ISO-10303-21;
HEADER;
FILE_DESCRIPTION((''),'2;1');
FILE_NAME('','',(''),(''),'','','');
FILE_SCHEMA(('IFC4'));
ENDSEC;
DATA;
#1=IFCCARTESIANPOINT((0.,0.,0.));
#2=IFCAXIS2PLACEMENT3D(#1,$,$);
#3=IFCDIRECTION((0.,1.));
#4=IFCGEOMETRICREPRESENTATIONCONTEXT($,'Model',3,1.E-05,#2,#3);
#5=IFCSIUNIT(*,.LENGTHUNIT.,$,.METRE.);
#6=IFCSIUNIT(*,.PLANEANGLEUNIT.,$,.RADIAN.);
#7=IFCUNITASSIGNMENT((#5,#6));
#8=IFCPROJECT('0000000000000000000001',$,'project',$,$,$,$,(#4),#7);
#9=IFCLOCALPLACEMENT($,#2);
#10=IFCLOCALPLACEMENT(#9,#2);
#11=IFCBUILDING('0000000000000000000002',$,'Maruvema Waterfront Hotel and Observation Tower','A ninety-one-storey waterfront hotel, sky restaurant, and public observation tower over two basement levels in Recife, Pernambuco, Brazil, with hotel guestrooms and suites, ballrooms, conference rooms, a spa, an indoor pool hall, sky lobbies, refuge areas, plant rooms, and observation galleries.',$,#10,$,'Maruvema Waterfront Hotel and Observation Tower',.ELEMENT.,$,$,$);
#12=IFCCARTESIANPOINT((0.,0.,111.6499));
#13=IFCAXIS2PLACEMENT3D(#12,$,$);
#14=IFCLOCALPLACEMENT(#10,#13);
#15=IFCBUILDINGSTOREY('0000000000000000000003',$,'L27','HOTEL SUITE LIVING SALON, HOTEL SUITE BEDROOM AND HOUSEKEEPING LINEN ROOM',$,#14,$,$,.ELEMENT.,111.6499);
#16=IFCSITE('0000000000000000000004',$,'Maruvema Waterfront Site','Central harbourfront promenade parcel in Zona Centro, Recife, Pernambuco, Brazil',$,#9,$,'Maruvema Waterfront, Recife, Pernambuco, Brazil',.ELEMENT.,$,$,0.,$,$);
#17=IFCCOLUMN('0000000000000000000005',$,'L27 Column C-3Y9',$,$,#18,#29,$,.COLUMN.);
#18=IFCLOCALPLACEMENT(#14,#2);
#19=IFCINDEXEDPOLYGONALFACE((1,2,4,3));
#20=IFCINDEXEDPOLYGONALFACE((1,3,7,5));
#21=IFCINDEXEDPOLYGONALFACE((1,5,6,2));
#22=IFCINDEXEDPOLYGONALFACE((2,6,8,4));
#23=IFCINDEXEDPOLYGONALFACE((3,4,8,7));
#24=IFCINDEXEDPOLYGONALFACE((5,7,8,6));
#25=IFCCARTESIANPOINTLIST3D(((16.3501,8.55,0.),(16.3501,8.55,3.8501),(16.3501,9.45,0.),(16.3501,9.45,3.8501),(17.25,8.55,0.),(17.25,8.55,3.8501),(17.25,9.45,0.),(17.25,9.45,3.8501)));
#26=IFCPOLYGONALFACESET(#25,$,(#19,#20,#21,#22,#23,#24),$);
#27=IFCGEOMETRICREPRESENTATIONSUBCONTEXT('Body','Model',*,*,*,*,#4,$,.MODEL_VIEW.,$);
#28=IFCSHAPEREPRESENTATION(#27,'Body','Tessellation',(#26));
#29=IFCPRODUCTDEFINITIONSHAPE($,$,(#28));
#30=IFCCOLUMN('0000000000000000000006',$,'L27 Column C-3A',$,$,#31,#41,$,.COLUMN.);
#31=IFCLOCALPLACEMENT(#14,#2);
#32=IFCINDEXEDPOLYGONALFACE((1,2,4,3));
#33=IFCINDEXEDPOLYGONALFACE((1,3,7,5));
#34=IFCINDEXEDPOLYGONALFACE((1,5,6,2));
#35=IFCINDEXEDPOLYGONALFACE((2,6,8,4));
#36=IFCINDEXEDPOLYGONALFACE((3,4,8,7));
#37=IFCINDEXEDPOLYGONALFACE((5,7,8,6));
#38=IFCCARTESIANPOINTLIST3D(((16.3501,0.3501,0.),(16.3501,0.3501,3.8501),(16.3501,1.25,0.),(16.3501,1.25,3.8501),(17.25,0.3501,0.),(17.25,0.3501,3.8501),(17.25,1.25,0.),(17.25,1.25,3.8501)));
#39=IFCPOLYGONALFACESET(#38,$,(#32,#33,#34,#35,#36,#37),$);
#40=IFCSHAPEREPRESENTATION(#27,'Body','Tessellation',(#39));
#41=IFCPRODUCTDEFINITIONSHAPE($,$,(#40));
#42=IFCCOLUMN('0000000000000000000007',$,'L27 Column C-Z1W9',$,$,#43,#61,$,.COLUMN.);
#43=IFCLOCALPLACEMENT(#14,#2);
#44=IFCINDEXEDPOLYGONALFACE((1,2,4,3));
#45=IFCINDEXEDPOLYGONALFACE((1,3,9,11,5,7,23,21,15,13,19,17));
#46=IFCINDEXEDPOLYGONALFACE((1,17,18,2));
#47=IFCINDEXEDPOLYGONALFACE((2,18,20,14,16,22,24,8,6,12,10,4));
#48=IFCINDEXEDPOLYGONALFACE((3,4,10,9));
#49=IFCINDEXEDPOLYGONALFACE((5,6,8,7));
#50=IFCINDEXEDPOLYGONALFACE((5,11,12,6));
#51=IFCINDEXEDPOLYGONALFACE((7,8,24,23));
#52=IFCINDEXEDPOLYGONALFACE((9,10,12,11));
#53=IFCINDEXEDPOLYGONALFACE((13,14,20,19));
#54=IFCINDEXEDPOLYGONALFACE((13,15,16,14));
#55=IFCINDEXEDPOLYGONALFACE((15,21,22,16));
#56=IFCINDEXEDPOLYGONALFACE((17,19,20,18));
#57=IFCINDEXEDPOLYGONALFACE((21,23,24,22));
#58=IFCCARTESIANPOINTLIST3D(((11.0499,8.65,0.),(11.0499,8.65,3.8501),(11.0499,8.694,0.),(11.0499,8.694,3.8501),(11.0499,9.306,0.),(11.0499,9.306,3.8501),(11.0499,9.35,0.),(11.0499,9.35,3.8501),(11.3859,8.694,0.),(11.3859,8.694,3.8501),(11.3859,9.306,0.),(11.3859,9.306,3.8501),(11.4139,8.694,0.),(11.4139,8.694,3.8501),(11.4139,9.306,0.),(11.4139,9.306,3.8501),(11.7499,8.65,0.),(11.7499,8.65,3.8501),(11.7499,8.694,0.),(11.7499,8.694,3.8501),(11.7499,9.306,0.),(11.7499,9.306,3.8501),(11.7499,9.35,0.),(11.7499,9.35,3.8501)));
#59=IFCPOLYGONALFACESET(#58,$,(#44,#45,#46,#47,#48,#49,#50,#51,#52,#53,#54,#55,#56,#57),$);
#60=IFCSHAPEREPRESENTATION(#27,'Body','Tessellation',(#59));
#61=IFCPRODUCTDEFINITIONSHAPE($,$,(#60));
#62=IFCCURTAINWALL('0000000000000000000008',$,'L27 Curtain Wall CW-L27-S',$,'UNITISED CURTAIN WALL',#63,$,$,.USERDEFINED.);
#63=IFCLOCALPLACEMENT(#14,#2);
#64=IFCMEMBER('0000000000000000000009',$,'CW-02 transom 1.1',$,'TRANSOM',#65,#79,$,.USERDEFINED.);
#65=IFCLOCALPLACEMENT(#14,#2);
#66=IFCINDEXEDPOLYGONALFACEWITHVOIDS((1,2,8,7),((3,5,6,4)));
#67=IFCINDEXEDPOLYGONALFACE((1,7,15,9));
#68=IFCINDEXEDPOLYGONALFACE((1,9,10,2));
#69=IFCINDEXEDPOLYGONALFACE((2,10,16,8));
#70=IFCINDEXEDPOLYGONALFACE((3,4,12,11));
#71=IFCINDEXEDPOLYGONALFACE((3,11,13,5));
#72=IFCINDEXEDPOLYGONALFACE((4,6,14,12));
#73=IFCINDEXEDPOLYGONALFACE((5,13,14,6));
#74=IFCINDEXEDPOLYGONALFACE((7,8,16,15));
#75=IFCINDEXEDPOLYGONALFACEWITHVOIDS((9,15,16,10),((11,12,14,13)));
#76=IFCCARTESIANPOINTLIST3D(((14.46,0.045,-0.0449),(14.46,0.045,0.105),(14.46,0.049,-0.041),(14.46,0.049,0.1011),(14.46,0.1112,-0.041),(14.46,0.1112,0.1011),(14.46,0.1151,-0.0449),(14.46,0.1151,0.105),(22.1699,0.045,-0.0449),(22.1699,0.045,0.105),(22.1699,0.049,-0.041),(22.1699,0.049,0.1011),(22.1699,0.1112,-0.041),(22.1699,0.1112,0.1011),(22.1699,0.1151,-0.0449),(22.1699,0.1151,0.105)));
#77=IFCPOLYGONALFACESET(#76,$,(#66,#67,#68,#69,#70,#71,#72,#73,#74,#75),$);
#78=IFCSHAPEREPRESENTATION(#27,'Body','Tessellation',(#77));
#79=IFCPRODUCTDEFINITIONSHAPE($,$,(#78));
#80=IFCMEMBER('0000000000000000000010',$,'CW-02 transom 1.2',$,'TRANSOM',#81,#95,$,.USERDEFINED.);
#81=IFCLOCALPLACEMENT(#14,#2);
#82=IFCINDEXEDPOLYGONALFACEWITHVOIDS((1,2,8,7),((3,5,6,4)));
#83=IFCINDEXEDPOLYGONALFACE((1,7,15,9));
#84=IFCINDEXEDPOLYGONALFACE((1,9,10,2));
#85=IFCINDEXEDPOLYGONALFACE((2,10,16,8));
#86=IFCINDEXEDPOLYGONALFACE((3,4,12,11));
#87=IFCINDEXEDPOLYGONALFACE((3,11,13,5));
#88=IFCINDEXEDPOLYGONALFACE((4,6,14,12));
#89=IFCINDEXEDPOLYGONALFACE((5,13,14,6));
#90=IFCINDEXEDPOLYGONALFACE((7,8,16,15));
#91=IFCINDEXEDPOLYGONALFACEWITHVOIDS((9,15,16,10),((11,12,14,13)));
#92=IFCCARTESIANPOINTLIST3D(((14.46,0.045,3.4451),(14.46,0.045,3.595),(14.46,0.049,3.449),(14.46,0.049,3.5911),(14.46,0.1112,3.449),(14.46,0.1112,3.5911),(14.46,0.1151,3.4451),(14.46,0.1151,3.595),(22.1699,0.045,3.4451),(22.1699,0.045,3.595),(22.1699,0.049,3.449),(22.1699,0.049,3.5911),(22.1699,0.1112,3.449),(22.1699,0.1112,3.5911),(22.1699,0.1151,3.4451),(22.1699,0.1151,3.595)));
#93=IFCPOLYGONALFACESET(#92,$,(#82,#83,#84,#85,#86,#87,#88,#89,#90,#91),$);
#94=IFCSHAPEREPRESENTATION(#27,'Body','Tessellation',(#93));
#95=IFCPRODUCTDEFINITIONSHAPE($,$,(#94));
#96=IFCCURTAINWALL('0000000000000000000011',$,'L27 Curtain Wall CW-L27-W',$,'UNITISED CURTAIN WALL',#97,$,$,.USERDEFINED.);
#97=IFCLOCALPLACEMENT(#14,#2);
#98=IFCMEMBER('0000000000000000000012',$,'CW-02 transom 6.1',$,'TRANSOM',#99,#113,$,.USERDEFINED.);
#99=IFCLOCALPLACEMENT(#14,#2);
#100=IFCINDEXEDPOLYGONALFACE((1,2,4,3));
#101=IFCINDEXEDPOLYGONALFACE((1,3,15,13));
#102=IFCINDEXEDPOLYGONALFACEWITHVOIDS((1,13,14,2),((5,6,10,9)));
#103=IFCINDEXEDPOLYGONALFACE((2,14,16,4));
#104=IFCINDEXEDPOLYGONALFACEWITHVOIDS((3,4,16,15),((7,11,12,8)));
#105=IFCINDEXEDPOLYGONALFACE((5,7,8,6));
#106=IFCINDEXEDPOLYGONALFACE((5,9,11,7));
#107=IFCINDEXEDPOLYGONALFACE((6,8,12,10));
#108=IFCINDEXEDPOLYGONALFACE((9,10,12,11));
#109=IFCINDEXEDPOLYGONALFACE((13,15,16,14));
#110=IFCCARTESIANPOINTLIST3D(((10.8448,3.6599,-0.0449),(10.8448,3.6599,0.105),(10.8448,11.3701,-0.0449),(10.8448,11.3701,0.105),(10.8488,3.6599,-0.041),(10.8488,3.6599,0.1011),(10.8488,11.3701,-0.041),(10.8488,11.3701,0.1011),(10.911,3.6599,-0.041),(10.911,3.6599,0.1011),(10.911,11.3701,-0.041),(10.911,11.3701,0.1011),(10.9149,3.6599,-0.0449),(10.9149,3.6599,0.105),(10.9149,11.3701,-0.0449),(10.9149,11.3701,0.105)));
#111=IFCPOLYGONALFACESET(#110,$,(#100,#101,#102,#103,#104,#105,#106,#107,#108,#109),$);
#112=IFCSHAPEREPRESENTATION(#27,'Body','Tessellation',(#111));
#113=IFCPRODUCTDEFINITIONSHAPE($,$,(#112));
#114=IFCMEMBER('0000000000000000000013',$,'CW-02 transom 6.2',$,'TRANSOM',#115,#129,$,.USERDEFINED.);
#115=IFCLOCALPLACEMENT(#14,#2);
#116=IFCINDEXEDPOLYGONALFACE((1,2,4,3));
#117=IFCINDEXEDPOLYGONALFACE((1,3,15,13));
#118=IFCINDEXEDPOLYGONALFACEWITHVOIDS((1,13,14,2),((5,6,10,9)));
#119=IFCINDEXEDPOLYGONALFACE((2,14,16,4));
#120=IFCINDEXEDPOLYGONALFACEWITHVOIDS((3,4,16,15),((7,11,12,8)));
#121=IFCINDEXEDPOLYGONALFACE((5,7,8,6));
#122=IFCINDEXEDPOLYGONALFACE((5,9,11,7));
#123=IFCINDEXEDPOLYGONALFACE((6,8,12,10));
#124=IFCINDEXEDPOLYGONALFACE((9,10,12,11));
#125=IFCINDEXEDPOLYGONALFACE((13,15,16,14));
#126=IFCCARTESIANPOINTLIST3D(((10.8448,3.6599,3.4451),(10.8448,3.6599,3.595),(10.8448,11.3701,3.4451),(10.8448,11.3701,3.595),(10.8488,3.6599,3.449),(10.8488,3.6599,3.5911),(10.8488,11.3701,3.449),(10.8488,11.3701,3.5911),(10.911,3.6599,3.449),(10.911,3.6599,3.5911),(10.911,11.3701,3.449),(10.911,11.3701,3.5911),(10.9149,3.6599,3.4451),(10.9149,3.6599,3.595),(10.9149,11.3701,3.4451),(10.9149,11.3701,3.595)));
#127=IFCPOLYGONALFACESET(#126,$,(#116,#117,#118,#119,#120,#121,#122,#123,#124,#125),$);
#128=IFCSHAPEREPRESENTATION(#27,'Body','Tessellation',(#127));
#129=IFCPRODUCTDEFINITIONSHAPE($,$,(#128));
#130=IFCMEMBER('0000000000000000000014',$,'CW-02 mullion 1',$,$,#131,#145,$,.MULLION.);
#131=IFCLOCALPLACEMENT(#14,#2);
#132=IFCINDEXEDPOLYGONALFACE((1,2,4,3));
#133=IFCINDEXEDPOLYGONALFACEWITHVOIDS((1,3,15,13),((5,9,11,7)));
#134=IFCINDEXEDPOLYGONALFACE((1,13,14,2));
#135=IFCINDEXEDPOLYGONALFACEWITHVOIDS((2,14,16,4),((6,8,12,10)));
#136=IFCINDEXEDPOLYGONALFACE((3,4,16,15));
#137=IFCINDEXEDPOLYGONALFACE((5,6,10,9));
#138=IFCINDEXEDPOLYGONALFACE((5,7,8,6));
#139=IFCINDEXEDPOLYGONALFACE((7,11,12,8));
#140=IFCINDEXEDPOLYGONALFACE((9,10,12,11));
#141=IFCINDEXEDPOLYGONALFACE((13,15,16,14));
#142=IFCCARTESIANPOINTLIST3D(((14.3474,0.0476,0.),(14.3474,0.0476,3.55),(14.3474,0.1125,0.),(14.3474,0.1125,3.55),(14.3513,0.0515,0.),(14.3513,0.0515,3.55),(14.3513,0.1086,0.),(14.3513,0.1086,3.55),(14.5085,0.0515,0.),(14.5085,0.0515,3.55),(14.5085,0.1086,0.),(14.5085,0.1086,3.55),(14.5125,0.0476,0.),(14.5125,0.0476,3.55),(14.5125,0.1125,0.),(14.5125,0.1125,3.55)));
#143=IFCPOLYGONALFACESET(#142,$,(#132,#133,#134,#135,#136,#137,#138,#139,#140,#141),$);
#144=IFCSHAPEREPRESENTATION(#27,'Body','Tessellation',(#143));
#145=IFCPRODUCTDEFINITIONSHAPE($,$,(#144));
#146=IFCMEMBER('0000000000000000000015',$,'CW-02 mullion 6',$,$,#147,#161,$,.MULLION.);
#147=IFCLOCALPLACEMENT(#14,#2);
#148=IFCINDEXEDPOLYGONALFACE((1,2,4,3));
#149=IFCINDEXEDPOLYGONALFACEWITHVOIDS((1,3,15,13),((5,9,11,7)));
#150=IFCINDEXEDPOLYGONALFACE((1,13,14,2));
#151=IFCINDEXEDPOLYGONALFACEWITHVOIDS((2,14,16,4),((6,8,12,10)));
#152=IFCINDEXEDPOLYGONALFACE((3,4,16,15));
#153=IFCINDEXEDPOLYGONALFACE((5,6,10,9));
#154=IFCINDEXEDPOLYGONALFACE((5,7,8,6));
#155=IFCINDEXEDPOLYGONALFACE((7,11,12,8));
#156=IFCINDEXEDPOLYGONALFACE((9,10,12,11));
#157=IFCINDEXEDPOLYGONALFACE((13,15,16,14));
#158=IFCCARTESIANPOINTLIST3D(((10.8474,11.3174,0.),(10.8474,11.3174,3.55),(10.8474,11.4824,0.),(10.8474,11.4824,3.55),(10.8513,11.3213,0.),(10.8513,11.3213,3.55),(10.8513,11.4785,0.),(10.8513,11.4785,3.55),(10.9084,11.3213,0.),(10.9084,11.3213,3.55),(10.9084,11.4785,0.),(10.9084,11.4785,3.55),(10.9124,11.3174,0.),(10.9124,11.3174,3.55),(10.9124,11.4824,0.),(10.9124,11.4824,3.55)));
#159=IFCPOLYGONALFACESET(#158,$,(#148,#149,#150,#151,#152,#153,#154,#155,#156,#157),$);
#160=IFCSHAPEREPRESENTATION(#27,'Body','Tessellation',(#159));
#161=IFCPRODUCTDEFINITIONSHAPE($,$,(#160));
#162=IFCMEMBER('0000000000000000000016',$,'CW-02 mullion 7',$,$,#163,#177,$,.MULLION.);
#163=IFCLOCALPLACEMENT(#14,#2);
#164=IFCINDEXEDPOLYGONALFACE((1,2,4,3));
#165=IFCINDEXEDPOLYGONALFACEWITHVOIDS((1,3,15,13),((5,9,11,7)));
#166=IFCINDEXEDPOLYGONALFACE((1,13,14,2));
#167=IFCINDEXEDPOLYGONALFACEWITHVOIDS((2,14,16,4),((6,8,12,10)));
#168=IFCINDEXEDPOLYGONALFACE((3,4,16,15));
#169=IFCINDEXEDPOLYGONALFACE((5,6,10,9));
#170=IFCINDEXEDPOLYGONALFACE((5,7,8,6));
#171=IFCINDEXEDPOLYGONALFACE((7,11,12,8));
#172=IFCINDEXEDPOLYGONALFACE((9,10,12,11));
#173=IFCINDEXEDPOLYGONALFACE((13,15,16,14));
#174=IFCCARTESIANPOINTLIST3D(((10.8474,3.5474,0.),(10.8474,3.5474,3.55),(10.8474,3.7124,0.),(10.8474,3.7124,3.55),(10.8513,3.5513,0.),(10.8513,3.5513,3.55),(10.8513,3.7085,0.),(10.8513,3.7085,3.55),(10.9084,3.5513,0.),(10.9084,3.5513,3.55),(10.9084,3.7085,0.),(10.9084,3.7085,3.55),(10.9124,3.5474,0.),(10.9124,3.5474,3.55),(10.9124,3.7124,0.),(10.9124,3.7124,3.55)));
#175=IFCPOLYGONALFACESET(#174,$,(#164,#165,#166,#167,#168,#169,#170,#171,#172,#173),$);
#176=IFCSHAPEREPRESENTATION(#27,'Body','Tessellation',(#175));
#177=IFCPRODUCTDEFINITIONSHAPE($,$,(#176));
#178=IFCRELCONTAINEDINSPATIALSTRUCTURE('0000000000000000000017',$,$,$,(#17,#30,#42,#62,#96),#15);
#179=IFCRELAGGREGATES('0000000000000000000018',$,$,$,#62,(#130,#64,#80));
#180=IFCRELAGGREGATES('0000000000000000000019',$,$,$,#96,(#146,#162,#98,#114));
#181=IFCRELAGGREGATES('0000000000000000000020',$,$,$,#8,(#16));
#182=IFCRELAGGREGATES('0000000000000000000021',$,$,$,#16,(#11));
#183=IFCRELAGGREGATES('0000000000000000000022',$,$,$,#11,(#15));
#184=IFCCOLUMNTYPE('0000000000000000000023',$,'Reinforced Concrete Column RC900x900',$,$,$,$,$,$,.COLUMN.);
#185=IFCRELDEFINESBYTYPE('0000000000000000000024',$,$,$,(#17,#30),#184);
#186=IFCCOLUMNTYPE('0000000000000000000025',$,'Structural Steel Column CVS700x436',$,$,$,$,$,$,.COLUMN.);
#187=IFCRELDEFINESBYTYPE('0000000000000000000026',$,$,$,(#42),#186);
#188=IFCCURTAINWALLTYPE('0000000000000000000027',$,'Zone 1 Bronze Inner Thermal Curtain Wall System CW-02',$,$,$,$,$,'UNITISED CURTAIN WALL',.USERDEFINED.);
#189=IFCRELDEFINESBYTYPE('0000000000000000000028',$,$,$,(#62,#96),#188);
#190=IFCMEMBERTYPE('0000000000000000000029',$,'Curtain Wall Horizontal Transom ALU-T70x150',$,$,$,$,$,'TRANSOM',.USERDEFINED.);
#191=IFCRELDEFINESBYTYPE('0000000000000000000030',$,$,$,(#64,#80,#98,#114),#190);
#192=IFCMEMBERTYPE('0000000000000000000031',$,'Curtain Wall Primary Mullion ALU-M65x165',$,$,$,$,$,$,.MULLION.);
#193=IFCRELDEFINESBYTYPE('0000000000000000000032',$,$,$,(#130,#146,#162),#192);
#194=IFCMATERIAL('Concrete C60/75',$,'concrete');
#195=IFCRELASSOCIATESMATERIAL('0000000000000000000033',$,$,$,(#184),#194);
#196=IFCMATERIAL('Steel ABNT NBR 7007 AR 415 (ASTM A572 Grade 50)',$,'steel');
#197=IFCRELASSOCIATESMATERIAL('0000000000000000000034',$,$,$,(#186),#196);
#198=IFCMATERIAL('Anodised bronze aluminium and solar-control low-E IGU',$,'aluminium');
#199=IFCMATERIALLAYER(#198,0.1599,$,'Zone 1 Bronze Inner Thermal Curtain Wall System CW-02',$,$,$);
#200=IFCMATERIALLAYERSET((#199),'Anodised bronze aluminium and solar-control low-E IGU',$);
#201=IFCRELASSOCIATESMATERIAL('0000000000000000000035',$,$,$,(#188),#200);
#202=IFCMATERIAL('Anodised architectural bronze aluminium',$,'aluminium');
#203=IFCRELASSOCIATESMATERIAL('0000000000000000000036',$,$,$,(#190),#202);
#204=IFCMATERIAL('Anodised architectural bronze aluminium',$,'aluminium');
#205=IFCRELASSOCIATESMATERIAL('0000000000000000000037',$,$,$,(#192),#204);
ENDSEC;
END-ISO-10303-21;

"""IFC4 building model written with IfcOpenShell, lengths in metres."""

from ifc_helpers import new_model, si_unit, direction, frame, origin, origin_2d, place, context, subcontext, project, spatial, rectangle, hollow_rectangle, i_section, extrude, material, layer, layer_set, material_profile, profile_set, type_object, element, aggregate, save


model = new_model("IFC4")

# Units and contexts
model_context = context("Model", 3, precision=1e-05, world=origin(), true_north=direction((0.0, 1.0)))
body_context = subcontext(model_context, "Body", "Model", "MODEL_VIEW")
ifc_project = project(units=[si_unit("LENGTHUNIT", "METRE"), si_unit("PLANEANGLEUNIT", "RADIAN")], contexts=[model_context])

# Site, building, storey
site_placement = place(None, origin())
site = spatial("IfcSite", under=ifc_project, at=site_placement, Name="Maruvema Waterfront Site", Description="Central harbourfront promenade parcel in Zona Centro, Recife, Pernambuco, Brazil", LongName="Maruvema Waterfront, Recife, Pernambuco, Brazil", CompositionType="ELEMENT", RefElevation=0.0)
building_placement = place(site_placement, origin())
building = spatial("IfcBuilding", under=site, at=building_placement, Name="Maruvema Waterfront Hotel and Observation Tower", Description="A ninety-one-storey waterfront hotel, sky restaurant, and public observation tower over two basement levels in Recife, Pernambuco, Brazil, with hotel guestrooms and suites, ballrooms, conference rooms, a spa, an indoor pool hall, sky lobbies, refuge areas, plant rooms, and observation galleries.", LongName="Maruvema Waterfront Hotel and Observation Tower", CompositionType="ELEMENT")
storey_placement = place(building_placement, frame((0.0, 0.0, 111.6499)))
storey = spatial("IfcBuildingStorey", under=building, at=storey_placement, Name="L27", Description="HOTEL SUITE LIVING SALON, HOTEL SUITE BEDROOM AND HOUSEKEEPING LINEN ROOM", CompositionType="ELEMENT", Elevation=111.6499)

# Columns
ifc_material_1 = material(Name="Concrete C60/75", Category="concrete")
ifc_material_profile_1 = material_profile(ifc_material_1, rectangle(XDim=0.8999, YDim=0.8999, at=origin_2d()), Name="RC900x900")
ifc_profile_set_1 = profile_set([ifc_material_profile_1], Name="Concrete C60/75")
column_type_1 = type_object("IfcColumnType", Name="Reinforced Concrete Column RC900x900", PredefinedType="COLUMN", material=ifc_profile_set_1)
for number, where, z_axis, x_axis, name in (
    (1, (16.8, 9.0, 0.0), (0.0, 0.0, 1.0), (1.0, 0.0, 0.0), "L27 Column C-3Y9"),
    (2, (16.8, 0.8, 0.0), (0.0, 0.0, 1.0), (1.0, 0.0, 0.0), "L27 Column C-3A"),
):
    element("IfcColumn", number, at=place(storey_placement, frame(where, z_axis=z_axis, x_axis=x_axis)), inside=storey, type_object=column_type_1, Name=name, PredefinedType="COLUMN", context=body_context, shape_type="SweptSolid", body=[
        extrude(rectangle(XDim=0.8999, YDim=0.8999, at=origin_2d()), origin(), (0.0, 0.0, 1.0), 3.8501),
    ])
ifc_material_2 = material(Name="Steel ABNT NBR 7007 AR 415 (ASTM A572 Grade 50)", Category="steel")
ifc_material_profile_2 = material_profile(ifc_material_2, i_section(OverallWidth=0.7, OverallDepth=0.7, WebThickness=0.0281, FlangeThickness=0.0439, at=origin_2d()), Name="CVS700x436")
ifc_profile_set_2 = profile_set([ifc_material_profile_2], Name="Steel ABNT NBR 7007 AR 415 (ASTM A572 Grade 50)")
column_type_2 = type_object("IfcColumnType", Name="Structural Steel Column CVS700x436", PredefinedType="COLUMN", material=ifc_profile_set_2)
column_placement = place(storey_placement, frame((11.3999, 9.0, 0.0), z_axis=(0.0, 0.0, 1.0), x_axis=(1.0, 0.0, 0.0)))
element("IfcColumn", 3, at=column_placement, inside=storey, type_object=column_type_2, Name="L27 Column C-Z1W9", PredefinedType="COLUMN", context=body_context, shape_type="SweptSolid", body=[
    extrude(i_section(OverallWidth=0.7, OverallDepth=0.7, WebThickness=0.0281, FlangeThickness=0.0439, at=origin_2d()), origin(), (0.0, 0.0, 1.0), 3.8501),
])

# Curtain walls, members
ifc_material_3 = material(Name="Anodised bronze aluminium and solar-control low-E IGU", Category="aluminium")
ifc_layer_1 = layer(ifc_material_3, 0.1599, Name="Zone 1 Bronze Inner Thermal Curtain Wall System CW-02")
ifc_layer_set_1 = layer_set([ifc_layer_1], Name="Anodised bronze aluminium and solar-control low-E IGU")
curtain_wall_type = type_object("IfcCurtainWallType", Name="Zone 1 Bronze Inner Thermal Curtain Wall System CW-02", ElementType="UNITISED CURTAIN WALL", PredefinedType="USERDEFINED", material=ifc_layer_set_1)
curtain_wall_1_placement = place(storey_placement, origin())
curtain_wall_1 = element("IfcCurtainWall", 4, at=curtain_wall_1_placement, inside=storey, type_object=curtain_wall_type, Name="L27 Curtain Wall CW-L27-S", ObjectType="UNITISED CURTAIN WALL", PredefinedType="USERDEFINED")
ifc_material_4 = material(Name="Anodised architectural bronze aluminium", Category="aluminium")
ifc_material_profile_3 = material_profile(ifc_material_4, hollow_rectangle(XDim=0.0701, YDim=0.1499, WallThickness=0.0039, at=origin_2d()), Name="ALU-T70x150")
ifc_profile_set_3 = profile_set([ifc_material_profile_3], Name="Anodised architectural bronze aluminium")
member_type_1 = type_object("IfcMemberType", Name="Curtain Wall Horizontal Transom ALU-T70x150", ElementType="TRANSOM", PredefinedType="USERDEFINED", material=ifc_profile_set_3)
member_1_placement = place(storey_placement, frame((14.46, 0.0801, 0.03), z_axis=(1.0, 0.0, 0.0), x_axis=(0.0, 1.0, 0.0)))
member_1 = element("IfcMember", 5, at=member_1_placement, type_object=member_type_1, Name="CW-02 transom 1.1", ObjectType="TRANSOM", PredefinedType="USERDEFINED", context=body_context, shape_type="SweptSolid", body=[
    extrude(hollow_rectangle(XDim=0.0701, YDim=0.1499, WallThickness=0.0039, at=origin_2d()), origin(), (0.0, 0.0, 1.0), 7.71),
])
member_2_placement = place(storey_placement, frame((14.46, 0.0801, 3.52), z_axis=(1.0, 0.0, 0.0), x_axis=(0.0, 1.0, 0.0)))
member_2 = element("IfcMember", 6, at=member_2_placement, type_object=member_type_1, Name="CW-02 transom 1.2", ObjectType="TRANSOM", PredefinedType="USERDEFINED", context=body_context, shape_type="SweptSolid", body=[
    extrude(hollow_rectangle(XDim=0.0701, YDim=0.1499, WallThickness=0.0039, at=origin_2d()), origin(), (0.0, 0.0, 1.0), 7.71),
])
curtain_wall_2_placement = place(storey_placement, origin())
curtain_wall_2 = element("IfcCurtainWall", 7, at=curtain_wall_2_placement, inside=storey, type_object=curtain_wall_type, Name="L27 Curtain Wall CW-L27-W", ObjectType="UNITISED CURTAIN WALL", PredefinedType="USERDEFINED")
member_3_placement = place(storey_placement, frame((10.8799, 11.3701, 0.03), z_axis=(0.0, -1.0, 0.0), x_axis=(1.0, 0.0, 0.0)))
member_3 = element("IfcMember", 8, at=member_3_placement, type_object=member_type_1, Name="CW-02 transom 6.1", ObjectType="TRANSOM", PredefinedType="USERDEFINED", context=body_context, shape_type="SweptSolid", body=[
    extrude(hollow_rectangle(XDim=0.0701, YDim=0.1499, WallThickness=0.0039, at=origin_2d()), origin(), (0.0, 0.0, 1.0), 7.7102),
])
member_4_placement = place(storey_placement, frame((10.8799, 11.3701, 3.52), z_axis=(0.0, -1.0, 0.0), x_axis=(1.0, 0.0, 0.0)))
member_4 = element("IfcMember", 9, at=member_4_placement, type_object=member_type_1, Name="CW-02 transom 6.2", ObjectType="TRANSOM", PredefinedType="USERDEFINED", context=body_context, shape_type="SweptSolid", body=[
    extrude(hollow_rectangle(XDim=0.0701, YDim=0.1499, WallThickness=0.0039, at=origin_2d()), origin(), (0.0, 0.0, 1.0), 7.7102),
])

# Members
ifc_material_5 = material(Name="Anodised architectural bronze aluminium", Category="aluminium")
ifc_material_profile_4 = material_profile(ifc_material_5, hollow_rectangle(XDim=0.0649, YDim=0.165, WallThickness=0.0039, at=origin_2d()), Name="ALU-M65x165")
ifc_profile_set_4 = profile_set([ifc_material_profile_4], Name="Anodised architectural bronze aluminium")
member_type_2 = type_object("IfcMemberType", Name="Curtain Wall Primary Mullion ALU-M65x165", PredefinedType="MULLION", material=ifc_profile_set_4)
member_5_placement = place(storey_placement, frame((14.4299, 0.0801, 0.0), z_axis=(0.0, 0.0, 1.0), x_axis=(0.0, 1.0, 0.0)))
member_5 = element("IfcMember", 10, at=member_5_placement, type_object=member_type_2, Name="CW-02 mullion 1", PredefinedType="MULLION", context=body_context, shape_type="SweptSolid", body=[
    extrude(hollow_rectangle(XDim=0.0649, YDim=0.165, WallThickness=0.0039, at=origin_2d()), origin(), (0.0, 0.0, 1.0), 3.55),
])
member_6_placement = place(storey_placement, frame((10.8799, 11.3999, 0.0), z_axis=(0.0, 0.0, 1.0), x_axis=(1.0, 0.0, 0.0)))
member_6 = element("IfcMember", 11, at=member_6_placement, type_object=member_type_2, Name="CW-02 mullion 6", PredefinedType="MULLION", context=body_context, shape_type="SweptSolid", body=[
    extrude(hollow_rectangle(XDim=0.0649, YDim=0.165, WallThickness=0.0039, at=origin_2d()), origin(), (0.0, 0.0, 1.0), 3.55),
])
member_7_placement = place(storey_placement, frame((10.8799, 3.6299, 0.0), z_axis=(0.0, 0.0, 1.0), x_axis=(1.0, 0.0, 0.0)))
member_7 = element("IfcMember", 12, at=member_7_placement, type_object=member_type_2, Name="CW-02 mullion 7", PredefinedType="MULLION", context=body_context, shape_type="SweptSolid", body=[
    extrude(hollow_rectangle(XDim=0.0649, YDim=0.165, WallThickness=0.0039, at=origin_2d()), origin(), (0.0, 0.0, 1.0), 3.55),
])

aggregate(curtain_wall_1, [member_5, member_1, member_2])
aggregate(curtain_wall_2, [member_6, member_7, member_3, member_4])

save(model, "model.ifc")
